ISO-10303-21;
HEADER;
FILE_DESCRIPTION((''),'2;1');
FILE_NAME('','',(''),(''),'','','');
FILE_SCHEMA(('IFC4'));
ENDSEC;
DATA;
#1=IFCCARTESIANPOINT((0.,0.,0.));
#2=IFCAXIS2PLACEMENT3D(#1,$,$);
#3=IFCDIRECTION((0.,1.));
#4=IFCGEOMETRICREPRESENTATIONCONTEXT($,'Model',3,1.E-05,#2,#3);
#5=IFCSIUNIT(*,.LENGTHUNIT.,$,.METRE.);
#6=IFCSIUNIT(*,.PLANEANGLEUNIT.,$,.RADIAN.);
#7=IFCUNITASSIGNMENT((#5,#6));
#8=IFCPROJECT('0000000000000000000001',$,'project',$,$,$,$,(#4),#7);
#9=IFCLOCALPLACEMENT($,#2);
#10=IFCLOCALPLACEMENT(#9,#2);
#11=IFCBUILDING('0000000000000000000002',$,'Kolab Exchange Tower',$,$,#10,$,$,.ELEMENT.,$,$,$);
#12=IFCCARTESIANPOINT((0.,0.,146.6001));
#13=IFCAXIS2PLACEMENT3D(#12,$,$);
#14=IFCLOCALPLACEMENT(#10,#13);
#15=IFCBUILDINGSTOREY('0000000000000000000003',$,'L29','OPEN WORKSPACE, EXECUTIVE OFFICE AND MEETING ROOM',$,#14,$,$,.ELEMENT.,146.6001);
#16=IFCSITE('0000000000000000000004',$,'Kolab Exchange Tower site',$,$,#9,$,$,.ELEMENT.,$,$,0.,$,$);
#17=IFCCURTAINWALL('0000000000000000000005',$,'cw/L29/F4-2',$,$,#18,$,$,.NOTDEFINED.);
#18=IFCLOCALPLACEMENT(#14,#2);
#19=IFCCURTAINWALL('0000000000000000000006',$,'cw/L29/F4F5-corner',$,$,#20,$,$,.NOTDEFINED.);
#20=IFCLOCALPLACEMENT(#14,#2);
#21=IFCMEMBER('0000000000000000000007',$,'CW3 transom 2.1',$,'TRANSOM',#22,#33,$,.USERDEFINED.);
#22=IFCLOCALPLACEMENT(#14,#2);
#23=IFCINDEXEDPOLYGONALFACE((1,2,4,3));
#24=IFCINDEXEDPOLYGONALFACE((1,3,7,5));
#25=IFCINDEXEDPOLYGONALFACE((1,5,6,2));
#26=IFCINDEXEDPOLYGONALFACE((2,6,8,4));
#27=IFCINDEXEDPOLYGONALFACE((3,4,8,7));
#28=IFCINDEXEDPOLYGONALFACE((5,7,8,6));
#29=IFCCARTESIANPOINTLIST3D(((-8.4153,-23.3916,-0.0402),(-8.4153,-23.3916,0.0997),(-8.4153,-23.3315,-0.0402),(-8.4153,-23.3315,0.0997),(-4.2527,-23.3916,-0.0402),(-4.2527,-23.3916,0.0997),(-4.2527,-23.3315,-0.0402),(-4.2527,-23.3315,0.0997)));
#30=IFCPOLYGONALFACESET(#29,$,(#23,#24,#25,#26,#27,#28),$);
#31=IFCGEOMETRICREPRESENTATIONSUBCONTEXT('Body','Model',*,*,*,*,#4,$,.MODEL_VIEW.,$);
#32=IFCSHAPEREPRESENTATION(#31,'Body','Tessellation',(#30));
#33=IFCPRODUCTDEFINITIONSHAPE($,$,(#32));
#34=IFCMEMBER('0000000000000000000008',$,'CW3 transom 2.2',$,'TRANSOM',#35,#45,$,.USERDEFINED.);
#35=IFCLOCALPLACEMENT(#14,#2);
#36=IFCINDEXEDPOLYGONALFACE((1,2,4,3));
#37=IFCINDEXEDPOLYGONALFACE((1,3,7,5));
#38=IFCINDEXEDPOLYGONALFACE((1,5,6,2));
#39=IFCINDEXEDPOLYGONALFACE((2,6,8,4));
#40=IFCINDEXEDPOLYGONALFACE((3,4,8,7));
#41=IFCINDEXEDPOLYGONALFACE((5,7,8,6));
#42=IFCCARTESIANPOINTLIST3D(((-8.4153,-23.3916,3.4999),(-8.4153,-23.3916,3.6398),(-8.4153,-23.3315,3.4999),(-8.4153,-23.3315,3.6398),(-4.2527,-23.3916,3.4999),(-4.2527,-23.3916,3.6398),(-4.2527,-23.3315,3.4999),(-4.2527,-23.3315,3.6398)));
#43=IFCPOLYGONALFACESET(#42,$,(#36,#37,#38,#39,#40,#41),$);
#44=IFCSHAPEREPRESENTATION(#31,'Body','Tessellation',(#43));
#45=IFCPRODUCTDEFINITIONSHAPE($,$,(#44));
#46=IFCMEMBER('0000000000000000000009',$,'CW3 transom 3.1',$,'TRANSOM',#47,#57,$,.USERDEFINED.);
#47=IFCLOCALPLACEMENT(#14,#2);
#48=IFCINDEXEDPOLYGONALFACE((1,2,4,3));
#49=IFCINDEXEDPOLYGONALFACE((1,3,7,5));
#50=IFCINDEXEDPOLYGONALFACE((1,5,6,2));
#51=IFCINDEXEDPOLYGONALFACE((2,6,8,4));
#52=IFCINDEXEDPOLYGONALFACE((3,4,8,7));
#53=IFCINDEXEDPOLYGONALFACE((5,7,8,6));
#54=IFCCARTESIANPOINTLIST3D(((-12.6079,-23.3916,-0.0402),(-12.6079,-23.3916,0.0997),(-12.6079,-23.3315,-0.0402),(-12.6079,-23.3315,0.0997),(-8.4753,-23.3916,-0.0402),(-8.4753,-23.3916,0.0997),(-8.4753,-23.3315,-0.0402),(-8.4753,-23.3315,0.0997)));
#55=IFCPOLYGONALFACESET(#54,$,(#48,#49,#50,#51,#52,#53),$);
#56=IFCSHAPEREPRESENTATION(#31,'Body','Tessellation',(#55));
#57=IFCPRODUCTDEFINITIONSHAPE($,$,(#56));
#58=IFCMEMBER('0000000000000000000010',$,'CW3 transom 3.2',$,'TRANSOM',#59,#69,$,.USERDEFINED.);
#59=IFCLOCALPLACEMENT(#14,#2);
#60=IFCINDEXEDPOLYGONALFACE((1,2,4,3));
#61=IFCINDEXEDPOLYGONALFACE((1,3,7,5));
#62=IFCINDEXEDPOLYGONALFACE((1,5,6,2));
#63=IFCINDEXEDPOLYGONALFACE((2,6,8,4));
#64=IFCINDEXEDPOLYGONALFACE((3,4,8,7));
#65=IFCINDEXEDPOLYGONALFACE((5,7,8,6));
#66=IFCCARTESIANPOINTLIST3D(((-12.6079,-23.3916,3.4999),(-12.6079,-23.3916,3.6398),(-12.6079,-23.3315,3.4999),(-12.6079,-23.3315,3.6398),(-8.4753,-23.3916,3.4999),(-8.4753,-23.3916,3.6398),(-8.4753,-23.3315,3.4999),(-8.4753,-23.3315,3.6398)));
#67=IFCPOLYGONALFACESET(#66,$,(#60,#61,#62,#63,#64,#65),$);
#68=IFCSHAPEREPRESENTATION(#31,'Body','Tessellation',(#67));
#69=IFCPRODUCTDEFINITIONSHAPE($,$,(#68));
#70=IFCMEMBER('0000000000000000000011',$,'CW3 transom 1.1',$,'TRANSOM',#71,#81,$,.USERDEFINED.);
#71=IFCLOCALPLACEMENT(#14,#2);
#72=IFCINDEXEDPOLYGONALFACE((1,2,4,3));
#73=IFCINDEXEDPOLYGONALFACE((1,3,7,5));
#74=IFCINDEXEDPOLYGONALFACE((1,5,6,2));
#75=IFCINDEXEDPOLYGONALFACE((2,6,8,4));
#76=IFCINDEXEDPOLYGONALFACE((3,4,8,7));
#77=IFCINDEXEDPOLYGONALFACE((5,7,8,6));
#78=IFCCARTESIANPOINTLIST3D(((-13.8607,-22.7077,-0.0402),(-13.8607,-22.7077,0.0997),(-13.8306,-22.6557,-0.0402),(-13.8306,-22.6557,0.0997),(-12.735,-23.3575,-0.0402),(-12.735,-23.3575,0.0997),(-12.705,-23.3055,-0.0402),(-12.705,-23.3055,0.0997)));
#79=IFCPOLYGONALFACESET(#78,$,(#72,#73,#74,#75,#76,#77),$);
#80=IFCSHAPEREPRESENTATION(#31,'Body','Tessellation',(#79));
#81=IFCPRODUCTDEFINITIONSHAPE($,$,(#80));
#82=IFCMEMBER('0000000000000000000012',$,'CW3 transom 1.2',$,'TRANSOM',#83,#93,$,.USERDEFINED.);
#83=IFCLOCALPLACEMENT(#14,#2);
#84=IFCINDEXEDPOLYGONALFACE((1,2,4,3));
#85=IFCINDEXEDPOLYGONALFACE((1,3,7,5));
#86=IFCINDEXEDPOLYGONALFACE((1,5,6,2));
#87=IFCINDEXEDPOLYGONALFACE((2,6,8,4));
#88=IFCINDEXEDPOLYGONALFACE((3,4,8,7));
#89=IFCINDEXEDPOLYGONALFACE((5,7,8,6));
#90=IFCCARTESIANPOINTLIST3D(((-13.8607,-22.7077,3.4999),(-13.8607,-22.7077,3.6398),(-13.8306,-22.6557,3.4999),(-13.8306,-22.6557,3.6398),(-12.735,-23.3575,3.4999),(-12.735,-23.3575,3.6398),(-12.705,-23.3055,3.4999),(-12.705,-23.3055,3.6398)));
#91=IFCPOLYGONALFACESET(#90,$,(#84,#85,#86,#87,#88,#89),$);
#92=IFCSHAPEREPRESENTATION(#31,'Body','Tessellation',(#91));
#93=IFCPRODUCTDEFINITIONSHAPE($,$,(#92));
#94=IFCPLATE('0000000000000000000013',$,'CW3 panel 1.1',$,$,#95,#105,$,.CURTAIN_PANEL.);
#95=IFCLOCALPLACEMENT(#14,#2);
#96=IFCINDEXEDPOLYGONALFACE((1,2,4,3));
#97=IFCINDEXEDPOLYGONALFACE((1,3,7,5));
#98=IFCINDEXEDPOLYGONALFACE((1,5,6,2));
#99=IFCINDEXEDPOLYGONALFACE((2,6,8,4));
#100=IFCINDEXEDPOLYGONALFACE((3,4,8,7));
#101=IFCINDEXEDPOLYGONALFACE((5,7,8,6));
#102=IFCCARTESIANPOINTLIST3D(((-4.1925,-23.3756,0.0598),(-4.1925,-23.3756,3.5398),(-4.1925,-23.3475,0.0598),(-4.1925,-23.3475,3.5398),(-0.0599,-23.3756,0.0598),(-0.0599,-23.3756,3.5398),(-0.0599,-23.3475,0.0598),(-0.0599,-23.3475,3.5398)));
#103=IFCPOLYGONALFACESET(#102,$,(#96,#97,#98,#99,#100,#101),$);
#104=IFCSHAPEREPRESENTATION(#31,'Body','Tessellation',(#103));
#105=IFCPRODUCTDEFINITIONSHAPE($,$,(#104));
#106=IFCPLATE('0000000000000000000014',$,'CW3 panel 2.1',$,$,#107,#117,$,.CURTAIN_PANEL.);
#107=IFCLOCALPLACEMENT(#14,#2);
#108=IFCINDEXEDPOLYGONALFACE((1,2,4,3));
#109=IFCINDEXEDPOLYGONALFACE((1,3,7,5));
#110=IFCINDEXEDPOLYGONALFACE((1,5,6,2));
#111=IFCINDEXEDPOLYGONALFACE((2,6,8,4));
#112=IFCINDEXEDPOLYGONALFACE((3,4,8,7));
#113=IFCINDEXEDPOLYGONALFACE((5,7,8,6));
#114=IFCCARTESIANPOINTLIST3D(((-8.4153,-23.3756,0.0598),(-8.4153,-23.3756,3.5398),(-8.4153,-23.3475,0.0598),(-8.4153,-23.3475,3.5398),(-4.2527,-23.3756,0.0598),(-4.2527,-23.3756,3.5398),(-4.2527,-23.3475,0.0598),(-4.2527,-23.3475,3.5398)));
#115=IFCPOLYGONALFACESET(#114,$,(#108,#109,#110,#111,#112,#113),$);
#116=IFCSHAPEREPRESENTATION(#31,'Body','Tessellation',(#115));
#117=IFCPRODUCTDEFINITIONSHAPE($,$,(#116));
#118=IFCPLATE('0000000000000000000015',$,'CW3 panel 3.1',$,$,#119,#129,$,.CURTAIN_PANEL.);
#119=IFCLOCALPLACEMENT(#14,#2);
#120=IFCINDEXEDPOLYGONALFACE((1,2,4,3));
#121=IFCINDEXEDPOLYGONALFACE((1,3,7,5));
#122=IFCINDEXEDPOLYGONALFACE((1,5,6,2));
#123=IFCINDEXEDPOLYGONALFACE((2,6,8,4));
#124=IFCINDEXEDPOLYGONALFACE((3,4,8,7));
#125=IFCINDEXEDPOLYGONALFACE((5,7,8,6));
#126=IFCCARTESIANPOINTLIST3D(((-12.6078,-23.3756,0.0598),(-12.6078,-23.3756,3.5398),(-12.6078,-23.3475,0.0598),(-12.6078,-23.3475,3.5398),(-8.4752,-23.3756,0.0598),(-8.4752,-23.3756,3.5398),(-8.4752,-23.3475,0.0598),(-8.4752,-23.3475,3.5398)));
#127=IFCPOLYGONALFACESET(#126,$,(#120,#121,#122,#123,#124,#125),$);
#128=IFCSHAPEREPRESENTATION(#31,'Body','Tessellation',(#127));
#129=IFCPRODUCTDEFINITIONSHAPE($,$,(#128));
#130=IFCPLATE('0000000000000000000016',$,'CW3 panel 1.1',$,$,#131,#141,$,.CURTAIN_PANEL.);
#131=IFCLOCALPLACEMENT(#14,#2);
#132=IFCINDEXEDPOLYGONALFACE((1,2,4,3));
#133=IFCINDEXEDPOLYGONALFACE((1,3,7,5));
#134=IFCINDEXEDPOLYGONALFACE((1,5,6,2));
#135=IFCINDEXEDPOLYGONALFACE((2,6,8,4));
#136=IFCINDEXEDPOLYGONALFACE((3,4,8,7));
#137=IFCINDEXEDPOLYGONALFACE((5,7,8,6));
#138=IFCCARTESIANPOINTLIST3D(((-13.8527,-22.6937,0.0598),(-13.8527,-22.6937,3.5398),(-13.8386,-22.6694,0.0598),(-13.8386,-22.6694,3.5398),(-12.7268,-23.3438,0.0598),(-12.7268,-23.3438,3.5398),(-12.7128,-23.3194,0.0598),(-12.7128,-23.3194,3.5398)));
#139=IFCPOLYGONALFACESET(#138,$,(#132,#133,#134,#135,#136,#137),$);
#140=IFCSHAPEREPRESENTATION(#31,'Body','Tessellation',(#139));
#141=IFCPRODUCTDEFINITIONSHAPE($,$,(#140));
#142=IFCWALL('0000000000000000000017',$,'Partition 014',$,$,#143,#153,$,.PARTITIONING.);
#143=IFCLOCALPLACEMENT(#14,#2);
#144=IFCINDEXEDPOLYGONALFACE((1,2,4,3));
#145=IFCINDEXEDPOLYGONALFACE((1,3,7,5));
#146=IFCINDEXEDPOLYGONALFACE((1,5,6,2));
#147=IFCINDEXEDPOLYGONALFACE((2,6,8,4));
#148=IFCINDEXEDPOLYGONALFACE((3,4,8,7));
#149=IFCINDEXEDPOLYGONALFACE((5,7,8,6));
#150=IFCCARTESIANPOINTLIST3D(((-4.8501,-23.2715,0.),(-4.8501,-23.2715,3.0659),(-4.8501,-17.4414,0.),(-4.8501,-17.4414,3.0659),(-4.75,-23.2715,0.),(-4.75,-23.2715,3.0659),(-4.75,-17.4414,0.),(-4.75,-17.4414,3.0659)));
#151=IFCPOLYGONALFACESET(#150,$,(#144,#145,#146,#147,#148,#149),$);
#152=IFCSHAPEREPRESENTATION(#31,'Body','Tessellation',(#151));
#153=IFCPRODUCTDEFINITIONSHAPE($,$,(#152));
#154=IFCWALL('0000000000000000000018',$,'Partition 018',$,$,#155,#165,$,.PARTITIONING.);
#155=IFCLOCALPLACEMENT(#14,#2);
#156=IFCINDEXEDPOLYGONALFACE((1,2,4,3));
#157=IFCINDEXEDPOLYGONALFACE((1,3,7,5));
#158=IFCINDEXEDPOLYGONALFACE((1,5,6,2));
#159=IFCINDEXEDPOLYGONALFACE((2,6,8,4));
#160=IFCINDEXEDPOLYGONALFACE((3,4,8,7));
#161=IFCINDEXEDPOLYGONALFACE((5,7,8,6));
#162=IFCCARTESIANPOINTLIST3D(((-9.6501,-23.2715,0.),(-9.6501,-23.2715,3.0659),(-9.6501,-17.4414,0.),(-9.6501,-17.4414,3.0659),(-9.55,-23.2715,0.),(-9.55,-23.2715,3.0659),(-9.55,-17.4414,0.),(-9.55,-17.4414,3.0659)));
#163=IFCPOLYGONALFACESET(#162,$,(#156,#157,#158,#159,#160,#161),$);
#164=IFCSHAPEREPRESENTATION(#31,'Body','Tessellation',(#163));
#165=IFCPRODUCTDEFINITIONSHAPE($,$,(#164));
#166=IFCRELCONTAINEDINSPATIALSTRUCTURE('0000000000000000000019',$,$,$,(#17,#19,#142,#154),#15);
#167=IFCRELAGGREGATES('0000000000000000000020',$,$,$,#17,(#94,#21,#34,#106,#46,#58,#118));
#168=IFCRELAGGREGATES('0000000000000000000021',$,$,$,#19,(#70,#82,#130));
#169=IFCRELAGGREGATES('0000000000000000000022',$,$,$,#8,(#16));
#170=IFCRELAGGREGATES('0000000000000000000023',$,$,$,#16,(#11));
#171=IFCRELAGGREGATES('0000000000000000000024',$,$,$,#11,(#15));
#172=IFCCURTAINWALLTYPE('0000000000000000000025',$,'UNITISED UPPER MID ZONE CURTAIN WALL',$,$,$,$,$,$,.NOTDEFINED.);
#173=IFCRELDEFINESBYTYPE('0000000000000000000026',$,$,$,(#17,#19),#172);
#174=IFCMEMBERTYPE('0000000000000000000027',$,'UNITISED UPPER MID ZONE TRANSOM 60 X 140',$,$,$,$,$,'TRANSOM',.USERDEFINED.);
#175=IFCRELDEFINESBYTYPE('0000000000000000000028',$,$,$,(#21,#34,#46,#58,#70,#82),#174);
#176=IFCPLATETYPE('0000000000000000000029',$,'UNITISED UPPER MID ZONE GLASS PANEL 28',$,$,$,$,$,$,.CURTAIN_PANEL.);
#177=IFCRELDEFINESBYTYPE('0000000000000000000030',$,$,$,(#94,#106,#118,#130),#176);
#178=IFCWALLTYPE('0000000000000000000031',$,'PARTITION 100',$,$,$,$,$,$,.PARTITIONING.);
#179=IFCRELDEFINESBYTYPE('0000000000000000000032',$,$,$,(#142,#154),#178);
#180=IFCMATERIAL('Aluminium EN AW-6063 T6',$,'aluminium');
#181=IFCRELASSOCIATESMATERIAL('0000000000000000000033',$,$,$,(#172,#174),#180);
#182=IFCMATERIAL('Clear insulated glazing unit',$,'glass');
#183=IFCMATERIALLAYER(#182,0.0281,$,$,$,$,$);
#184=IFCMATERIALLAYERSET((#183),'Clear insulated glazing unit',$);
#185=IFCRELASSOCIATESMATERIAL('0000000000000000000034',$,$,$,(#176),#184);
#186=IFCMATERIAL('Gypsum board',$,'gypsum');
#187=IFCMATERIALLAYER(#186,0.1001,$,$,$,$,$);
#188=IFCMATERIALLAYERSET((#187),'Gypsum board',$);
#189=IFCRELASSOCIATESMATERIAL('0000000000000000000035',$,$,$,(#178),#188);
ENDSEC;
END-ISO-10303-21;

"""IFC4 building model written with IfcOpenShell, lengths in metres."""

from ifc_helpers import new_model, si_unit, direction, frame, frame_2d, origin, origin_2d, place, context, subcontext, project, spatial, rectangle, extrude, material, layer, layer_set, material_profile, profile_set, type_object, element, aggregate, save


model = new_model("IFC4")

# Units and contexts
model_context = context("Model", 3, precision=1e-05, world=origin(), true_north=direction((0.0, 1.0)))
body_context = subcontext(model_context, "Body", "Model", "MODEL_VIEW")
ifc_project = project(units=[si_unit("LENGTHUNIT", "METRE"), si_unit("PLANEANGLEUNIT", "RADIAN")], contexts=[model_context])

# Site, building, storey
site_placement = place(None, origin())
site = spatial("IfcSite", under=ifc_project, at=site_placement, Name="Kolab Exchange Tower site", CompositionType="ELEMENT", RefElevation=0.0)
building_placement = place(site_placement, origin())
building = spatial("IfcBuilding", under=site, at=building_placement, Name="Kolab Exchange Tower", CompositionType="ELEMENT")
storey_placement = place(building_placement, frame((0.0, 0.0, 146.6001)))
storey = spatial("IfcBuildingStorey", under=building, at=storey_placement, Name="L29", Description="OPEN WORKSPACE, EXECUTIVE OFFICE AND MEETING ROOM", CompositionType="ELEMENT", Elevation=146.6001)

# Curtain wall
ifc_material_1 = material(Name="Aluminium EN AW-6063 T6", Category="aluminium")
curtain_wall_type = type_object("IfcCurtainWallType", Name="UNITISED UPPER MID ZONE CURTAIN WALL", PredefinedType="NOTDEFINED", material=ifc_material_1)
curtain_wall_1_placement = place(storey_placement, origin())
curtain_wall_1 = element("IfcCurtainWall", 1, at=curtain_wall_1_placement, inside=storey, type_object=curtain_wall_type, Name="cw/L29/F4-2", PredefinedType="NOTDEFINED")

# Curtain wall
curtain_wall_2_placement = place(storey_placement, origin())
curtain_wall_2 = element("IfcCurtainWall", 2, at=curtain_wall_2_placement, inside=storey, type_object=curtain_wall_type, Name="cw/L29/F4F5-corner", PredefinedType="NOTDEFINED")

# Members
ifc_material_profile_1 = material_profile(ifc_material_1, rectangle(XDim=0.0601, YDim=0.1399, at=origin_2d()), Name="RECT 60X140")
ifc_profile_set_1 = profile_set([ifc_material_profile_1], Name="Aluminium EN AW-6063 T6")
member_type_1 = type_object("IfcMemberType", Name="UNITISED UPPER MID ZONE TRANSOM 60 X 140", ElementType="TRANSOM", PredefinedType="USERDEFINED", material=ifc_profile_set_1)
member_1_placement = place(storey_placement, frame((-4.2527, -23.3616, 0.0298), z_axis=(-1.0, 0.0, 0.0), x_axis=(0.0, -1.0, 0.0)))
member_1 = element("IfcMember", 3, at=member_1_placement, type_object=member_type_1, Name="CW3 transom 2.1", ObjectType="TRANSOM", PredefinedType="USERDEFINED", context=body_context, shape_type="SweptSolid", body=[
    extrude(rectangle(XDim=0.0601, YDim=0.1399, at=origin_2d()), origin(), (0.0, 0.0, 1.0), 4.1626),
])
member_2_placement = place(storey_placement, frame((-4.2527, -23.3616, 3.5698), z_axis=(-1.0, 0.0, 0.0), x_axis=(0.0, -1.0, 0.0)))
member_2 = element("IfcMember", 4, at=member_2_placement, type_object=member_type_1, Name="CW3 transom 2.2", ObjectType="TRANSOM", PredefinedType="USERDEFINED", context=body_context, shape_type="SweptSolid", body=[
    extrude(rectangle(XDim=0.0601, YDim=0.1399, at=origin_2d()), origin(), (0.0, 0.0, 1.0), 4.1626),
])
member_3_placement = place(storey_placement, frame((-8.4753, -23.3616, 0.0298), z_axis=(-1.0, 0.0, 0.0), x_axis=(0.0, -1.0, 0.0)))
member_3 = element("IfcMember", 5, at=member_3_placement, type_object=member_type_1, Name="CW3 transom 3.1", ObjectType="TRANSOM", PredefinedType="USERDEFINED", context=body_context, shape_type="SweptSolid", body=[
    extrude(rectangle(XDim=0.0601, YDim=0.1399, at=origin_2d()), origin(), (0.0, 0.0, 1.0), 4.1326),
])
member_4_placement = place(storey_placement, frame((-8.4753, -23.3616, 3.5698), z_axis=(-1.0, 0.0, 0.0), x_axis=(0.0, -1.0, 0.0)))
member_4 = element("IfcMember", 6, at=member_4_placement, type_object=member_type_1, Name="CW3 transom 3.2", ObjectType="TRANSOM", PredefinedType="USERDEFINED", context=body_context, shape_type="SweptSolid", body=[
    extrude(rectangle(XDim=0.0601, YDim=0.1399, at=origin_2d()), origin(), (0.0, 0.0, 1.0), 4.1326),
])
member_5_placement = place(storey_placement, frame((-12.72, -23.3315, 0.0298), z_axis=(-0.866039, 0.499977, 0.0), x_axis=(-0.499977, -0.866039, 0.0)))
member_5 = element("IfcMember", 7, at=member_5_placement, type_object=member_type_1, Name="CW3 transom 1.1", ObjectType="TRANSOM", PredefinedType="USERDEFINED", context=body_context, shape_type="SweptSolid", body=[
    extrude(rectangle(XDim=0.0601, YDim=0.1399, at=origin_2d()), origin(), (0.0, 0.0, 1.0), 1.2998),
])
member_6_placement = place(storey_placement, frame((-12.72, -23.3315, 3.5698), z_axis=(-0.866039, 0.499977, 0.0), x_axis=(-0.499977, -0.866039, 0.0)))
member_6 = element("IfcMember", 8, at=member_6_placement, type_object=member_type_1, Name="CW3 transom 1.2", ObjectType="TRANSOM", PredefinedType="USERDEFINED", context=body_context, shape_type="SweptSolid", body=[
    extrude(rectangle(XDim=0.0601, YDim=0.1399, at=origin_2d()), origin(), (0.0, 0.0, 1.0), 1.2998),
])

# Plates
ifc_material_2 = material(Name="Clear insulated glazing unit", Category="glass")
ifc_layer_1 = layer(ifc_material_2, 0.0281)
ifc_layer_set_1 = layer_set([ifc_layer_1], Name="Clear insulated glazing unit")
plate_type = type_object("IfcPlateType", Name="UNITISED UPPER MID ZONE GLASS PANEL 28", PredefinedType="CURTAIN_PANEL", material=ifc_layer_set_1)
plate_1_placement = place(storey_placement, frame((-2.1262, -23.3616, 0.0598), z_axis=(0.0, 0.0, 1.0), x_axis=(-1.0, 0.0, 0.0)))
plate_1 = element("IfcPlate", 9, at=plate_1_placement, type_object=plate_type, Name="CW3 panel 1.1", PredefinedType="CURTAIN_PANEL", context=body_context, shape_type="SweptSolid", body=[
    extrude(rectangle(XDim=4.1326, YDim=0.0281, at=origin_2d()), origin(), (0.0, 0.0, 1.0), 3.48),
])
plate_2_placement = place(storey_placement, frame((-6.334, -23.3616, 0.0598), z_axis=(0.0, 0.0, 1.0), x_axis=(-1.0, 0.0, 0.0)))
plate_2 = element("IfcPlate", 10, at=plate_2_placement, type_object=plate_type, Name="CW3 panel 2.1", PredefinedType="CURTAIN_PANEL", context=body_context, shape_type="SweptSolid", body=[
    extrude(rectangle(XDim=4.1626, YDim=0.0281, at=origin_2d()), origin(), (0.0, 0.0, 1.0), 3.48),
])
plate_3_placement = place(storey_placement, frame((-10.5415, -23.3616, 0.0598), z_axis=(0.0, 0.0, 1.0), x_axis=(-1.0, 0.0, 0.0)))
plate_3 = element("IfcPlate", 11, at=plate_3_placement, type_object=plate_type, Name="CW3 panel 3.1", PredefinedType="CURTAIN_PANEL", context=body_context, shape_type="SweptSolid", body=[
    extrude(rectangle(XDim=4.1326, YDim=0.0281, at=origin_2d()), origin(), (0.0, 0.0, 1.0), 3.48),
])
aggregate(curtain_wall_1, [plate_1, member_1, member_2, plate_2, member_3, member_4, plate_3])
plate_4_placement = place(storey_placement, frame((-13.2827, -23.0066, 0.0598), z_axis=(0.0, 0.0, 1.0), x_axis=(-0.866025, 0.5, 0.0)))
plate_4 = element("IfcPlate", 12, at=plate_4_placement, type_object=plate_type, Name="CW3 panel 1.1", PredefinedType="CURTAIN_PANEL", context=body_context, shape_type="SweptSolid", body=[
    extrude(rectangle(XDim=1.3, YDim=0.0281, at=origin_2d()), origin(), (0.0, 0.0, 1.0), 3.48),
])
aggregate(curtain_wall_2, [member_5, member_6, plate_4])

# Walls
ifc_material_3 = material(Name="Gypsum board", Category="gypsum")
ifc_layer_2 = layer(ifc_material_3, 0.1001)
ifc_layer_set_2 = layer_set([ifc_layer_2], Name="Gypsum board")
wall_type = type_object("IfcWallType", Name="PARTITION 100", PredefinedType="PARTITIONING", material=ifc_layer_set_2)
for number, where, z_axis, x_axis, name in (
    (13, (-4.8, -23.2715, 0.0), (0.0, 0.0, 1.0), (0.0, 1.0, 0.0), "Partition 014"),
    (14, (-9.6001, -23.2715, 0.0), (0.0, 0.0, 1.0), (0.0, 1.0, 0.0), "Partition 018"),
):
    element("IfcWall", number, at=place(storey_placement, frame(where, z_axis=z_axis, x_axis=x_axis)), inside=storey, type_object=wall_type, Name=name, PredefinedType="PARTITIONING", context=body_context, shape_type="SweptSolid", body=[
        extrude(rectangle(XDim=5.8301, YDim=0.1001, at=frame_2d((2.915, 0.0))), origin(), (0.0, 0.0, 1.0), 3.0659),
    ])

save(model, "model.ifc")
